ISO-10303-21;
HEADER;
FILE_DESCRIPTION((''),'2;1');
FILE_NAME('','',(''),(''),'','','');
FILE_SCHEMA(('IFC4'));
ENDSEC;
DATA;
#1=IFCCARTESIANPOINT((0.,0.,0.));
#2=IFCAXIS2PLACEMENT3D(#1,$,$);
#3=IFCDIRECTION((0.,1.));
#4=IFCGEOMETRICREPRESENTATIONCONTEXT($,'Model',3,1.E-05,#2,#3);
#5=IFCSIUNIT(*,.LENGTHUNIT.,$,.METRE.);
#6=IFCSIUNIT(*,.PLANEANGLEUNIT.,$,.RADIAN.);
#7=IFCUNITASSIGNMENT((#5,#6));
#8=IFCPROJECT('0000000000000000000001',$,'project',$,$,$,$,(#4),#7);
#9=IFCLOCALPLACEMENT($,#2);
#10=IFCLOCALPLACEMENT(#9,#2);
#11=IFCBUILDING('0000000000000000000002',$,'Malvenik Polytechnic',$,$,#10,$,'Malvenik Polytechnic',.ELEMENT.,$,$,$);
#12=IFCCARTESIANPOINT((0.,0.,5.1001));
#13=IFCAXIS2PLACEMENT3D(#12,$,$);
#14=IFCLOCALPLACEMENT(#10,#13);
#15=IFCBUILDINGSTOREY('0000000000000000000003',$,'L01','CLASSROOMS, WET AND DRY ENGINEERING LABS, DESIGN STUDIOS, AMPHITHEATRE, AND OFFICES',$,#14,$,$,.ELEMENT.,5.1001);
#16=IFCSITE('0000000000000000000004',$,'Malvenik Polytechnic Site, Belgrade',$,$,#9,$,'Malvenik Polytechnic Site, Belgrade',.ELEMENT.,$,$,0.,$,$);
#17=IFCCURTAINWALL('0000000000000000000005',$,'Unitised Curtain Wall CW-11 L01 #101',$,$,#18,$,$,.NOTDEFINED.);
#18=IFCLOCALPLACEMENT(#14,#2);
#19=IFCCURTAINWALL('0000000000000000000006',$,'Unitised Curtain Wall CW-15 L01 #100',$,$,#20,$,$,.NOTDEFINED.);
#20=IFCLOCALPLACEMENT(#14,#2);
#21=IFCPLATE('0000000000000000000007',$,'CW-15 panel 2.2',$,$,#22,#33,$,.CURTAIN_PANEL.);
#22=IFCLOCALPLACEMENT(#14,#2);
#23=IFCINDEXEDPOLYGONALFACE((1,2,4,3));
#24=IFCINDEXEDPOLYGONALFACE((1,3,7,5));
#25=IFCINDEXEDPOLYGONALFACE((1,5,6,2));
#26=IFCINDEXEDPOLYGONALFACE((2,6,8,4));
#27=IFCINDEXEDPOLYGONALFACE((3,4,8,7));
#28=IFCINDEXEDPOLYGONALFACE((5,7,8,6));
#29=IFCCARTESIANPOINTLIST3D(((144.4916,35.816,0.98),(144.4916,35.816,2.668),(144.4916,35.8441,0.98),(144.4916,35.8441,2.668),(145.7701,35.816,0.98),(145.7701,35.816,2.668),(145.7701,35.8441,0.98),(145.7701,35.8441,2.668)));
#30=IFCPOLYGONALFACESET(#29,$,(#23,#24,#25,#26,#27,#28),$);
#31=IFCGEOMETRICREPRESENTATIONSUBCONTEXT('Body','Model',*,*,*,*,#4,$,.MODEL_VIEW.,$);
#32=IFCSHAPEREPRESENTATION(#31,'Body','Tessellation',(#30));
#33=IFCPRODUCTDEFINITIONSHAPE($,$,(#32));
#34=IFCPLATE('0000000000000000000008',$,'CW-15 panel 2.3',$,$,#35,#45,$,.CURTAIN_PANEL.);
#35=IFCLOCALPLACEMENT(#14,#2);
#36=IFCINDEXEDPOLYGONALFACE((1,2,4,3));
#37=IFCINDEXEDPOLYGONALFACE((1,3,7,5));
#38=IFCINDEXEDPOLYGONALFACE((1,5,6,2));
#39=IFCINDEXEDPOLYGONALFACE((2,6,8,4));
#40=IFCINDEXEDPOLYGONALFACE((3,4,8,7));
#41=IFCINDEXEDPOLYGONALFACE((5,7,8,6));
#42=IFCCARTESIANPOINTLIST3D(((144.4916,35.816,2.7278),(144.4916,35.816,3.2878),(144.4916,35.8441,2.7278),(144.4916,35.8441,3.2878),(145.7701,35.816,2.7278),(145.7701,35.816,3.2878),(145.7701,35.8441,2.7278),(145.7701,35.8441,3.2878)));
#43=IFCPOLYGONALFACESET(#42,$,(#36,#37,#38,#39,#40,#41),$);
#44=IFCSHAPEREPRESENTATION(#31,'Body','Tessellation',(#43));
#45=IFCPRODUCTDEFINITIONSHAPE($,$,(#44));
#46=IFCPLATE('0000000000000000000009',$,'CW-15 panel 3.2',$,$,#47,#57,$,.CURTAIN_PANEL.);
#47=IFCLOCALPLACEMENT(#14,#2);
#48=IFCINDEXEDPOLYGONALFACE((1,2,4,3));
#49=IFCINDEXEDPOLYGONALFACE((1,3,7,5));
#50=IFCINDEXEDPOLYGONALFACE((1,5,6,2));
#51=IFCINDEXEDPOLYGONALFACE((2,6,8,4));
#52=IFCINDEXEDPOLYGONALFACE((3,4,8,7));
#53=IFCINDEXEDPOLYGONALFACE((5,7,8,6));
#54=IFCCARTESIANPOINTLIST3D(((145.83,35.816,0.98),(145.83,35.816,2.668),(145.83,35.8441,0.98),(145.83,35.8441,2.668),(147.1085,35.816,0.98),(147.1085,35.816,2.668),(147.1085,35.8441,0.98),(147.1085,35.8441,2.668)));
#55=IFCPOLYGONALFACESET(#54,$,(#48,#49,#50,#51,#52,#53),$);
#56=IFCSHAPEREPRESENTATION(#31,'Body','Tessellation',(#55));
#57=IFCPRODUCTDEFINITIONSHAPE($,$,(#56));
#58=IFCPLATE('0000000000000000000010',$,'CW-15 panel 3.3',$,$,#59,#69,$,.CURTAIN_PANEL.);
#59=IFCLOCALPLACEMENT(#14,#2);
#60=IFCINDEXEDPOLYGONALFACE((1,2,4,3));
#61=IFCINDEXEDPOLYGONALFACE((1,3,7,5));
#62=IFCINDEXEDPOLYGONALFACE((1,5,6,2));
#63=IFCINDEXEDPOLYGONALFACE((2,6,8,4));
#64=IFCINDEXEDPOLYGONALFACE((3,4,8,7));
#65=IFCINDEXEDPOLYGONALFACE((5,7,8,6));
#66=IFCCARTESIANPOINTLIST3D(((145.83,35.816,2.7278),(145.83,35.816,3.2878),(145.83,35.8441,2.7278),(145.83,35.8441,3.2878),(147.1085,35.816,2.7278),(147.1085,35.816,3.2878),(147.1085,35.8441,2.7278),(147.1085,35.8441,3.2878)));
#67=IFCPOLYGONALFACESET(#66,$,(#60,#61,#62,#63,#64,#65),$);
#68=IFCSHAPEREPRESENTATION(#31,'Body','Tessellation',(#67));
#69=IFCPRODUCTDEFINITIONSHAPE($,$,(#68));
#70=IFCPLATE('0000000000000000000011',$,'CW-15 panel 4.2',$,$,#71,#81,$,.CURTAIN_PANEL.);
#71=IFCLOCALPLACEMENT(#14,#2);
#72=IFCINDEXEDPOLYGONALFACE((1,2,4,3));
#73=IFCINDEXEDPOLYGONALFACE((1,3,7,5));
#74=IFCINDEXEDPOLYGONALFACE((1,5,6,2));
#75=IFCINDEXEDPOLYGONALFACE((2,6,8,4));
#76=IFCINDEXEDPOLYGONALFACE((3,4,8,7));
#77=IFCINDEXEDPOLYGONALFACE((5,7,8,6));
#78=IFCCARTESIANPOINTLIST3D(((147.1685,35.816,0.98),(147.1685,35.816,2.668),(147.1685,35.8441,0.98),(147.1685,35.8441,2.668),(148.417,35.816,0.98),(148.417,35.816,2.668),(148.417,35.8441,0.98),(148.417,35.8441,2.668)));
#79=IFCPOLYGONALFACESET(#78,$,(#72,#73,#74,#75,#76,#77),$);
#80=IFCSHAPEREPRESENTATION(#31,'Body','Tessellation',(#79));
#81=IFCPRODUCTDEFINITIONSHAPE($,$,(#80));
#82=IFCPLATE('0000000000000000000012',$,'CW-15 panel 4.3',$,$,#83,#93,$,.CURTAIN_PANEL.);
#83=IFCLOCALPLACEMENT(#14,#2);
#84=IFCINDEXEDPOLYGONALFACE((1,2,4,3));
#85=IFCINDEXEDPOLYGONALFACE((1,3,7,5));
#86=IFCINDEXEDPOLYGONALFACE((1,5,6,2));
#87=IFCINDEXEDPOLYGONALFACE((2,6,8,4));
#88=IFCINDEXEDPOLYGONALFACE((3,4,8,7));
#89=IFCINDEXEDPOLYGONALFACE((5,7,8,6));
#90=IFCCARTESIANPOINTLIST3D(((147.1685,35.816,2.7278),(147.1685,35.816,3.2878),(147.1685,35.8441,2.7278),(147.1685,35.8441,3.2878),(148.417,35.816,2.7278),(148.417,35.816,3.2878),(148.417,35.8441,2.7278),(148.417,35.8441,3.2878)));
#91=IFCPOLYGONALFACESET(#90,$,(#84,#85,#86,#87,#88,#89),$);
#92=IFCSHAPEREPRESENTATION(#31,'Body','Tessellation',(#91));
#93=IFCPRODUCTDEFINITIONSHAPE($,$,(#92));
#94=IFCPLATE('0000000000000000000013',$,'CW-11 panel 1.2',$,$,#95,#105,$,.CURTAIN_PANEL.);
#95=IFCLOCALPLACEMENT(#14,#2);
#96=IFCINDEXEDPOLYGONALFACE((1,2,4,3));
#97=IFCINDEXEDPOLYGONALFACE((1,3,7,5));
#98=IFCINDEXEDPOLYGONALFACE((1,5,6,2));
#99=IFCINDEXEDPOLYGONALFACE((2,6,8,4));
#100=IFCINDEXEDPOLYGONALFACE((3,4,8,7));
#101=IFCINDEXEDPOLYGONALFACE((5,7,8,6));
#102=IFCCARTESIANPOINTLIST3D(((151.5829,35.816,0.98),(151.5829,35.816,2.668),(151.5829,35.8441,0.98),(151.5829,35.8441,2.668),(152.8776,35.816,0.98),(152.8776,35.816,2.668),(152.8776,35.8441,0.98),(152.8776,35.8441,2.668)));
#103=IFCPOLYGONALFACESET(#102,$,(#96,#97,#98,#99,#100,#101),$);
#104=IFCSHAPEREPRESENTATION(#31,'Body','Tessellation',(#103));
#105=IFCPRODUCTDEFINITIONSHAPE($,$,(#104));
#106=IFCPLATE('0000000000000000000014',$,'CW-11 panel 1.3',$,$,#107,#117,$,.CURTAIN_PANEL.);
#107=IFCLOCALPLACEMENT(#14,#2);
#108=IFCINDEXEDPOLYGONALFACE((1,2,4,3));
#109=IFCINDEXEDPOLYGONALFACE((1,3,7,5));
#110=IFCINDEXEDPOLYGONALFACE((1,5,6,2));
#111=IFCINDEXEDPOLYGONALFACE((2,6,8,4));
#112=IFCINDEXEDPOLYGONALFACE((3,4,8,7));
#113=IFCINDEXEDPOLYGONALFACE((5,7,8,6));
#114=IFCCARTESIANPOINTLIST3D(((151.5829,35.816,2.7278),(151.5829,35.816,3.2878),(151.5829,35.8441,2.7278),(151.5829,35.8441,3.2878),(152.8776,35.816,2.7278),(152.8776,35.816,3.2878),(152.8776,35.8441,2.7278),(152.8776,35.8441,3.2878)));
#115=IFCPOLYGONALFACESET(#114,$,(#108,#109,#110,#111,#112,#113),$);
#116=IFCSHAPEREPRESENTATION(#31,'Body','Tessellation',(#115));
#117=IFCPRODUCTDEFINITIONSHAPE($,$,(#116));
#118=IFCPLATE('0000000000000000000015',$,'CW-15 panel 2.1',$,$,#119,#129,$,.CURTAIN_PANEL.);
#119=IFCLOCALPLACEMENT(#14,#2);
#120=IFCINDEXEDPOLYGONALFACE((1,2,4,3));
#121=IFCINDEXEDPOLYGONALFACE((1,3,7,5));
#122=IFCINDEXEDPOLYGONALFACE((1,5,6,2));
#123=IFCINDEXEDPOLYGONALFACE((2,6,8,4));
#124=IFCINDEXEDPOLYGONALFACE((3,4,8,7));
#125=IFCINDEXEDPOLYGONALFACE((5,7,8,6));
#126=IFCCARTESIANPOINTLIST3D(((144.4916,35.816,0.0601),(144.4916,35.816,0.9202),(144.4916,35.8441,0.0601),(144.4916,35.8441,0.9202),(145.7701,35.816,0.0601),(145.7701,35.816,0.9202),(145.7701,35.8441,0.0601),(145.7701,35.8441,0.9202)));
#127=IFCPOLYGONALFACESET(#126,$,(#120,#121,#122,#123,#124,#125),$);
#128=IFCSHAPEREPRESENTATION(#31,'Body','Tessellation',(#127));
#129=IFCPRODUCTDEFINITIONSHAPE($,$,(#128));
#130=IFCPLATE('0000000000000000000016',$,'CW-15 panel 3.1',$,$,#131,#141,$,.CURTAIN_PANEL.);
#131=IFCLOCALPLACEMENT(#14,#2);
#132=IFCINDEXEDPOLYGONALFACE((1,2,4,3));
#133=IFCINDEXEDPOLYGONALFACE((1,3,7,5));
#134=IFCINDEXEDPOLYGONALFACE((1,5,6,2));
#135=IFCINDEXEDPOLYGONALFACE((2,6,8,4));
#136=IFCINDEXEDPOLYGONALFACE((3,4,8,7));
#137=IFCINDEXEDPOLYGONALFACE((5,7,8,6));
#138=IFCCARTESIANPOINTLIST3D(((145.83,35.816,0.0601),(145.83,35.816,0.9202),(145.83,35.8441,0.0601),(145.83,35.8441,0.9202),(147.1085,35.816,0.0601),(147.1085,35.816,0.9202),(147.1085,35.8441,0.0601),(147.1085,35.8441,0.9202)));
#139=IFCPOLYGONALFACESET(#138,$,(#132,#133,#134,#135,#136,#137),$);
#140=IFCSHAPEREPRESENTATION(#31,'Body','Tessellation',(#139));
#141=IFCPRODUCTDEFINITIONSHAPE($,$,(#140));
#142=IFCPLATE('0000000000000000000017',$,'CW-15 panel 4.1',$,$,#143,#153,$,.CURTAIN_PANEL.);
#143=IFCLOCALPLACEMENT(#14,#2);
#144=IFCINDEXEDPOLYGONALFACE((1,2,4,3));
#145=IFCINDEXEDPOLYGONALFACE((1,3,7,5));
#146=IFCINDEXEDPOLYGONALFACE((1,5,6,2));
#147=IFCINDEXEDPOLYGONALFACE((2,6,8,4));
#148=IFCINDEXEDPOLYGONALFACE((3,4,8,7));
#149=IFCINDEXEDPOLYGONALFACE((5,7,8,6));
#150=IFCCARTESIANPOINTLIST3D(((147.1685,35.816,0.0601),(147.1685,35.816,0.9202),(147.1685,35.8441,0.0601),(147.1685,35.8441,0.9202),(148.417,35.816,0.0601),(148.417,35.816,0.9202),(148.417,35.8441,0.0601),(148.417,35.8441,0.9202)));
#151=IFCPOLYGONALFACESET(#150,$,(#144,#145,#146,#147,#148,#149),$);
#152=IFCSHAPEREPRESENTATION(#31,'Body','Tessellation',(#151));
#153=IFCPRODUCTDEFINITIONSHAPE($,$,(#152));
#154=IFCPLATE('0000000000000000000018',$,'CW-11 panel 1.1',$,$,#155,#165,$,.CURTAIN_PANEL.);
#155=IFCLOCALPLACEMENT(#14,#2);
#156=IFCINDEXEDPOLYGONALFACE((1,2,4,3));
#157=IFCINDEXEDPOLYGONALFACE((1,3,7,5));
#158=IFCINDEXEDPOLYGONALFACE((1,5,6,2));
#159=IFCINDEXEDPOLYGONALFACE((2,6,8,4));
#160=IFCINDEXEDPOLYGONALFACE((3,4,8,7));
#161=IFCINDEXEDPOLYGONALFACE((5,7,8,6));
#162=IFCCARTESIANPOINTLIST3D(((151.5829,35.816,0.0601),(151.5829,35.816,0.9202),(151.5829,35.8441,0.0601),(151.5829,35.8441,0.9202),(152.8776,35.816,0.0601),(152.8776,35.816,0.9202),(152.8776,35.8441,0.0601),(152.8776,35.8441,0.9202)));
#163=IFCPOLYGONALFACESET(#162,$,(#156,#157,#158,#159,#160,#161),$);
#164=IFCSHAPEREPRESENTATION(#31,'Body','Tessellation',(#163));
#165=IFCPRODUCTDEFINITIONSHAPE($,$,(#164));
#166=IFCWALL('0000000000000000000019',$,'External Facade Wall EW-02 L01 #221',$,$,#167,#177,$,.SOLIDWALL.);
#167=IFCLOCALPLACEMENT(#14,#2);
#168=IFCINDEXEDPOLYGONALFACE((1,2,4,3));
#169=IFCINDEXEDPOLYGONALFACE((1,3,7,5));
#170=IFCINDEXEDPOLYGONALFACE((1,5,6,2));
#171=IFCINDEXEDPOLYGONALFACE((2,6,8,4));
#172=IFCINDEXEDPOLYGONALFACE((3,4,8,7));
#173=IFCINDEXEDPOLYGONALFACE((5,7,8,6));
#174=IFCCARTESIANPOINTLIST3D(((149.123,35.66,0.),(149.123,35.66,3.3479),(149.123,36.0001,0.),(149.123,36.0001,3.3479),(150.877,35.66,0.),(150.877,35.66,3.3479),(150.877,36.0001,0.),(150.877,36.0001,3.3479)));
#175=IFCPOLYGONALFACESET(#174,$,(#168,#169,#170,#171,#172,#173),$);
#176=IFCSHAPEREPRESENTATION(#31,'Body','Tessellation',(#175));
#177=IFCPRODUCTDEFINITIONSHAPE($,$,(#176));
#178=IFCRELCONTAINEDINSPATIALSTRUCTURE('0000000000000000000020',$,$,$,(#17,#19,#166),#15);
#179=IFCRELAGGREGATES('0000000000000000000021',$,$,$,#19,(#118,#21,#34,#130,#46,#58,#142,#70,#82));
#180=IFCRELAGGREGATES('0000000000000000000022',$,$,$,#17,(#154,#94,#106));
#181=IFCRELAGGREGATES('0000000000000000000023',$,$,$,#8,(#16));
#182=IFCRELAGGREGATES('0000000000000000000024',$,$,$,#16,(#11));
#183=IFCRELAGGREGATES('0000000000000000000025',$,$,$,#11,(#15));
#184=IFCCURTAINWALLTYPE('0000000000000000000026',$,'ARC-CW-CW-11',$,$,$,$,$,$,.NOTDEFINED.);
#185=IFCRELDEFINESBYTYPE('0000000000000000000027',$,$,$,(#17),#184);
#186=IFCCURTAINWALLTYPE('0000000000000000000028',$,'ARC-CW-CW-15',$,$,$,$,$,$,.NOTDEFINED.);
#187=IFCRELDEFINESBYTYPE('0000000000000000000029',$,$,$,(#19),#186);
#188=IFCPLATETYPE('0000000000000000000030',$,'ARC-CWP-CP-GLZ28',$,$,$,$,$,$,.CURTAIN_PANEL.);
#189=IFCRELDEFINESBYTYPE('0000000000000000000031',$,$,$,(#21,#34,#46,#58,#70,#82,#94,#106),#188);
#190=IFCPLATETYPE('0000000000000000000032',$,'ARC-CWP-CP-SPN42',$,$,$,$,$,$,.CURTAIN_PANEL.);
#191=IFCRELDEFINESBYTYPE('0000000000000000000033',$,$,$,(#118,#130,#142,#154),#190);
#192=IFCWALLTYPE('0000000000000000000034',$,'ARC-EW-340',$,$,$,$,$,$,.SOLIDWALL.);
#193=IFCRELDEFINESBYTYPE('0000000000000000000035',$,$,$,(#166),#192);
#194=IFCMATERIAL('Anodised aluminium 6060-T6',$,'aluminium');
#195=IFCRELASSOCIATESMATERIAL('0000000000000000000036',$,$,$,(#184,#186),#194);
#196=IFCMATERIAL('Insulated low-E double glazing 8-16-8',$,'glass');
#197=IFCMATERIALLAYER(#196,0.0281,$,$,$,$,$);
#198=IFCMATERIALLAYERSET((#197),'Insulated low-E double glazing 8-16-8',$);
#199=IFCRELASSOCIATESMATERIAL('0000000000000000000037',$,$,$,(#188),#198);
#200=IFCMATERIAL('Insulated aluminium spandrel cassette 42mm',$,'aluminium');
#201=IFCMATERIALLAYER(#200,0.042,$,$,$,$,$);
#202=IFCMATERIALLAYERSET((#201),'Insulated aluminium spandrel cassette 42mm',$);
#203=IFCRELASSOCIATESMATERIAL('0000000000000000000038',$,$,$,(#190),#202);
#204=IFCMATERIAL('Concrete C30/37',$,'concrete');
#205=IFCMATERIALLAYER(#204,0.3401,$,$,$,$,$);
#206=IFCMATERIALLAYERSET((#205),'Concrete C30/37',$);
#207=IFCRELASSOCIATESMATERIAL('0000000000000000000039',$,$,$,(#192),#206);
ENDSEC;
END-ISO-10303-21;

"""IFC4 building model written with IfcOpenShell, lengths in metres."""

from ifc_helpers import new_model, si_unit, direction, frame, frame_2d, origin, origin_2d, place, context, subcontext, project, spatial, rectangle, extrude, material, layer, layer_set, type_object, element, aggregate, save


model = new_model("IFC4")

# Units and contexts
model_context = context("Model", 3, precision=1e-05, world=origin(), true_north=direction((0.0, 1.0)))
body_context = subcontext(model_context, "Body", "Model", "MODEL_VIEW")
ifc_project = project(units=[si_unit("LENGTHUNIT", "METRE"), si_unit("PLANEANGLEUNIT", "RADIAN")], contexts=[model_context])

# Site, building, storey
site_placement = place(None, origin())
site = spatial("IfcSite", under=ifc_project, at=site_placement, Name="Malvenik Polytechnic Site, Belgrade", LongName="Malvenik Polytechnic Site, Belgrade", CompositionType="ELEMENT", RefElevation=0.0)
building_placement = place(site_placement, origin())
building = spatial("IfcBuilding", under=site, at=building_placement, Name="Malvenik Polytechnic", LongName="Malvenik Polytechnic", CompositionType="ELEMENT")
storey_placement = place(building_placement, frame((0.0, 0.0, 5.1001)))
storey = spatial("IfcBuildingStorey", under=building, at=storey_placement, Name="L01", Description="CLASSROOMS, WET AND DRY ENGINEERING LABS, DESIGN STUDIOS, AMPHITHEATRE, AND OFFICES", CompositionType="ELEMENT", Elevation=5.1001)

# Curtain walls
ifc_material_1 = material(Name="Anodised aluminium 6060-T6", Category="aluminium")
curtain_wall_type_1 = type_object("IfcCurtainWallType", Name="ARC-CW-CW-11", PredefinedType="NOTDEFINED", material=ifc_material_1)
curtain_wall_1_placement = place(storey_placement, origin())
curtain_wall_1 = element("IfcCurtainWall", 1, at=curtain_wall_1_placement, inside=storey, type_object=curtain_wall_type_1, Name="Unitised Curtain Wall CW-11 L01 #101", PredefinedType="NOTDEFINED")
curtain_wall_type_2 = type_object("IfcCurtainWallType", Name="ARC-CW-CW-15", PredefinedType="NOTDEFINED", material=ifc_material_1)
curtain_wall_2_placement = place(storey_placement, origin())
curtain_wall_2 = element("IfcCurtainWall", 2, at=curtain_wall_2_placement, inside=storey, type_object=curtain_wall_type_2, Name="Unitised Curtain Wall CW-15 L01 #100", PredefinedType="NOTDEFINED")

# Plates
ifc_material_2 = material(Name="Insulated low-E double glazing 8-16-8", Category="glass")
ifc_layer_1 = layer(ifc_material_2, 0.0281)
ifc_layer_set_1 = layer_set([ifc_layer_1], Name="Insulated low-E double glazing 8-16-8")
plate_type_1 = type_object("IfcPlateType", Name="ARC-CWP-CP-GLZ28", PredefinedType="CURTAIN_PANEL", material=ifc_layer_set_1)
plate_1_placement = place(storey_placement, frame((145.1309, 35.8301, 0.98), z_axis=(0.0, 0.0, 1.0), x_axis=(1.0, 0.0, 0.0)))
plate_1 = element("IfcPlate", 3, at=plate_1_placement, type_object=plate_type_1, Name="CW-15 panel 2.2", PredefinedType="CURTAIN_PANEL", context=body_context, shape_type="SweptSolid", body=[
    extrude(rectangle(XDim=1.2786, YDim=0.0281, at=origin_2d()), origin(), (0.0, 0.0, 1.0), 1.688),
])
plate_2_placement = place(storey_placement, frame((145.1309, 35.8301, 2.7278), z_axis=(0.0, 0.0, 1.0), x_axis=(1.0, 0.0, 0.0)))
plate_2 = element("IfcPlate", 4, at=plate_2_placement, type_object=plate_type_1, Name="CW-15 panel 2.3", PredefinedType="CURTAIN_PANEL", context=body_context, shape_type="SweptSolid", body=[
    extrude(rectangle(XDim=1.2786, YDim=0.0281, at=origin_2d()), origin(), (0.0, 0.0, 1.0), 0.5601),
])
plate_3_placement = place(storey_placement, frame((146.4692, 35.8301, 0.98), z_axis=(0.0, 0.0, 1.0), x_axis=(1.0, 0.0, 0.0)))
plate_3 = element("IfcPlate", 5, at=plate_3_placement, type_object=plate_type_1, Name="CW-15 panel 3.2", PredefinedType="CURTAIN_PANEL", context=body_context, shape_type="SweptSolid", body=[
    extrude(rectangle(XDim=1.2786, YDim=0.0281, at=origin_2d()), origin(), (0.0, 0.0, 1.0), 1.688),
])
plate_4_placement = place(storey_placement, frame((146.4692, 35.8301, 2.7278), z_axis=(0.0, 0.0, 1.0), x_axis=(1.0, 0.0, 0.0)))
plate_4 = element("IfcPlate", 6, at=plate_4_placement, type_object=plate_type_1, Name="CW-15 panel 3.3", PredefinedType="CURTAIN_PANEL", context=body_context, shape_type="SweptSolid", body=[
    extrude(rectangle(XDim=1.2786, YDim=0.0281, at=origin_2d()), origin(), (0.0, 0.0, 1.0), 0.5601),
])
plate_5_placement = place(storey_placement, frame((147.7927, 35.8301, 0.98), z_axis=(0.0, 0.0, 1.0), x_axis=(1.0, 0.0, 0.0)))
plate_5 = element("IfcPlate", 7, at=plate_5_placement, type_object=plate_type_1, Name="CW-15 panel 4.2", PredefinedType="CURTAIN_PANEL", context=body_context, shape_type="SweptSolid", body=[
    extrude(rectangle(XDim=1.2485, YDim=0.0281, at=origin_2d()), origin(), (0.0, 0.0, 1.0), 1.688),
])
plate_6_placement = place(storey_placement, frame((147.7927, 35.8301, 2.7278), z_axis=(0.0, 0.0, 1.0), x_axis=(1.0, 0.0, 0.0)))
plate_6 = element("IfcPlate", 8, at=plate_6_placement, type_object=plate_type_1, Name="CW-15 panel 4.3", PredefinedType="CURTAIN_PANEL", context=body_context, shape_type="SweptSolid", body=[
    extrude(rectangle(XDim=1.2485, YDim=0.0281, at=origin_2d()), origin(), (0.0, 0.0, 1.0), 0.5601),
])
plate_7_placement = place(storey_placement, frame((152.2302, 35.8301, 0.98), z_axis=(0.0, 0.0, 1.0), x_axis=(1.0, 0.0, 0.0)))
plate_7 = element("IfcPlate", 9, at=plate_7_placement, type_object=plate_type_1, Name="CW-11 panel 1.2", PredefinedType="CURTAIN_PANEL", context=body_context, shape_type="SweptSolid", body=[
    extrude(rectangle(XDim=1.2947, YDim=0.0281, at=origin_2d()), origin(), (0.0, 0.0, 1.0), 1.688),
])
plate_8_placement = place(storey_placement, frame((152.2302, 35.8301, 2.7278), z_axis=(0.0, 0.0, 1.0), x_axis=(1.0, 0.0, 0.0)))
plate_8 = element("IfcPlate", 10, at=plate_8_placement, type_object=plate_type_1, Name="CW-11 panel 1.3", PredefinedType="CURTAIN_PANEL", context=body_context, shape_type="SweptSolid", body=[
    extrude(rectangle(XDim=1.2947, YDim=0.0281, at=origin_2d()), origin(), (0.0, 0.0, 1.0), 0.5601),
])
ifc_material_3 = material(Name="Insulated aluminium spandrel cassette 42mm", Category="aluminium")
ifc_layer_2 = layer(ifc_material_3, 0.042)
ifc_layer_set_2 = layer_set([ifc_layer_2], Name="Insulated aluminium spandrel cassette 42mm")
plate_type_2 = type_object("IfcPlateType", Name="ARC-CWP-CP-SPN42", PredefinedType="CURTAIN_PANEL", material=ifc_layer_set_2)
plate_9_placement = place(storey_placement, frame((145.1309, 35.8301, 0.0601), z_axis=(0.0, 0.0, 1.0), x_axis=(1.0, 0.0, 0.0)))
plate_9 = element("IfcPlate", 11, at=plate_9_placement, type_object=plate_type_2, Name="CW-15 panel 2.1", PredefinedType="CURTAIN_PANEL", context=body_context, shape_type="SweptSolid", body=[
    extrude(rectangle(XDim=1.2786, YDim=0.0281, at=origin_2d()), origin(), (0.0, 0.0, 1.0), 0.8601),
])
plate_10_placement = place(storey_placement, frame((146.4692, 35.8301, 0.0601), z_axis=(0.0, 0.0, 1.0), x_axis=(1.0, 0.0, 0.0)))
plate_10 = element("IfcPlate", 12, at=plate_10_placement, type_object=plate_type_2, Name="CW-15 panel 3.1", PredefinedType="CURTAIN_PANEL", context=body_context, shape_type="SweptSolid", body=[
    extrude(rectangle(XDim=1.2786, YDim=0.0281, at=origin_2d()), origin(), (0.0, 0.0, 1.0), 0.8601),
])
plate_11_placement = place(storey_placement, frame((147.7927, 35.8301, 0.0601), z_axis=(0.0, 0.0, 1.0), x_axis=(1.0, 0.0, 0.0)))
plate_11 = element("IfcPlate", 13, at=plate_11_placement, type_object=plate_type_2, Name="CW-15 panel 4.1", PredefinedType="CURTAIN_PANEL", context=body_context, shape_type="SweptSolid", body=[
    extrude(rectangle(XDim=1.2485, YDim=0.0281, at=origin_2d()), origin(), (0.0, 0.0, 1.0), 0.8601),
])
aggregate(curtain_wall_2, [plate_9, plate_1, plate_2, plate_10, plate_3, plate_4, plate_11, plate_5, plate_6])
plate_12_placement = place(storey_placement, frame((152.2302, 35.8301, 0.0601), z_axis=(0.0, 0.0, 1.0), x_axis=(1.0, 0.0, 0.0)))
plate_12 = element("IfcPlate", 14, at=plate_12_placement, type_object=plate_type_2, Name="CW-11 panel 1.1", PredefinedType="CURTAIN_PANEL", context=body_context, shape_type="SweptSolid", body=[
    extrude(rectangle(XDim=1.2947, YDim=0.0281, at=origin_2d()), origin(), (0.0, 0.0, 1.0), 0.8601),
])
aggregate(curtain_wall_1, [plate_12, plate_7, plate_8])

# Wall
ifc_material_4 = material(Name="Concrete C30/37", Category="concrete")
ifc_layer_3 = layer(ifc_material_4, 0.3401)
ifc_layer_set_3 = layer_set([ifc_layer_3], Name="Concrete C30/37")
wall_type = type_object("IfcWallType", Name="ARC-EW-340", PredefinedType="SOLIDWALL", material=ifc_layer_set_3)
wall_placement = place(storey_placement, frame((149.123, 35.8301, 0.0), z_axis=(0.0, 0.0, 1.0), x_axis=(1.0, 0.0, 0.0)))
element("IfcWall", 15, at=wall_placement, inside=storey, type_object=wall_type, Name="External Facade Wall EW-02 L01 #221", PredefinedType="SOLIDWALL", context=body_context, shape_type="SweptSolid", body=[
    extrude(rectangle(XDim=1.7539, YDim=0.3401, at=frame_2d((0.877, 0.0))), origin(), (0.0, 0.0, 1.0), 3.3479),
])

save(model, "model.ifc")
